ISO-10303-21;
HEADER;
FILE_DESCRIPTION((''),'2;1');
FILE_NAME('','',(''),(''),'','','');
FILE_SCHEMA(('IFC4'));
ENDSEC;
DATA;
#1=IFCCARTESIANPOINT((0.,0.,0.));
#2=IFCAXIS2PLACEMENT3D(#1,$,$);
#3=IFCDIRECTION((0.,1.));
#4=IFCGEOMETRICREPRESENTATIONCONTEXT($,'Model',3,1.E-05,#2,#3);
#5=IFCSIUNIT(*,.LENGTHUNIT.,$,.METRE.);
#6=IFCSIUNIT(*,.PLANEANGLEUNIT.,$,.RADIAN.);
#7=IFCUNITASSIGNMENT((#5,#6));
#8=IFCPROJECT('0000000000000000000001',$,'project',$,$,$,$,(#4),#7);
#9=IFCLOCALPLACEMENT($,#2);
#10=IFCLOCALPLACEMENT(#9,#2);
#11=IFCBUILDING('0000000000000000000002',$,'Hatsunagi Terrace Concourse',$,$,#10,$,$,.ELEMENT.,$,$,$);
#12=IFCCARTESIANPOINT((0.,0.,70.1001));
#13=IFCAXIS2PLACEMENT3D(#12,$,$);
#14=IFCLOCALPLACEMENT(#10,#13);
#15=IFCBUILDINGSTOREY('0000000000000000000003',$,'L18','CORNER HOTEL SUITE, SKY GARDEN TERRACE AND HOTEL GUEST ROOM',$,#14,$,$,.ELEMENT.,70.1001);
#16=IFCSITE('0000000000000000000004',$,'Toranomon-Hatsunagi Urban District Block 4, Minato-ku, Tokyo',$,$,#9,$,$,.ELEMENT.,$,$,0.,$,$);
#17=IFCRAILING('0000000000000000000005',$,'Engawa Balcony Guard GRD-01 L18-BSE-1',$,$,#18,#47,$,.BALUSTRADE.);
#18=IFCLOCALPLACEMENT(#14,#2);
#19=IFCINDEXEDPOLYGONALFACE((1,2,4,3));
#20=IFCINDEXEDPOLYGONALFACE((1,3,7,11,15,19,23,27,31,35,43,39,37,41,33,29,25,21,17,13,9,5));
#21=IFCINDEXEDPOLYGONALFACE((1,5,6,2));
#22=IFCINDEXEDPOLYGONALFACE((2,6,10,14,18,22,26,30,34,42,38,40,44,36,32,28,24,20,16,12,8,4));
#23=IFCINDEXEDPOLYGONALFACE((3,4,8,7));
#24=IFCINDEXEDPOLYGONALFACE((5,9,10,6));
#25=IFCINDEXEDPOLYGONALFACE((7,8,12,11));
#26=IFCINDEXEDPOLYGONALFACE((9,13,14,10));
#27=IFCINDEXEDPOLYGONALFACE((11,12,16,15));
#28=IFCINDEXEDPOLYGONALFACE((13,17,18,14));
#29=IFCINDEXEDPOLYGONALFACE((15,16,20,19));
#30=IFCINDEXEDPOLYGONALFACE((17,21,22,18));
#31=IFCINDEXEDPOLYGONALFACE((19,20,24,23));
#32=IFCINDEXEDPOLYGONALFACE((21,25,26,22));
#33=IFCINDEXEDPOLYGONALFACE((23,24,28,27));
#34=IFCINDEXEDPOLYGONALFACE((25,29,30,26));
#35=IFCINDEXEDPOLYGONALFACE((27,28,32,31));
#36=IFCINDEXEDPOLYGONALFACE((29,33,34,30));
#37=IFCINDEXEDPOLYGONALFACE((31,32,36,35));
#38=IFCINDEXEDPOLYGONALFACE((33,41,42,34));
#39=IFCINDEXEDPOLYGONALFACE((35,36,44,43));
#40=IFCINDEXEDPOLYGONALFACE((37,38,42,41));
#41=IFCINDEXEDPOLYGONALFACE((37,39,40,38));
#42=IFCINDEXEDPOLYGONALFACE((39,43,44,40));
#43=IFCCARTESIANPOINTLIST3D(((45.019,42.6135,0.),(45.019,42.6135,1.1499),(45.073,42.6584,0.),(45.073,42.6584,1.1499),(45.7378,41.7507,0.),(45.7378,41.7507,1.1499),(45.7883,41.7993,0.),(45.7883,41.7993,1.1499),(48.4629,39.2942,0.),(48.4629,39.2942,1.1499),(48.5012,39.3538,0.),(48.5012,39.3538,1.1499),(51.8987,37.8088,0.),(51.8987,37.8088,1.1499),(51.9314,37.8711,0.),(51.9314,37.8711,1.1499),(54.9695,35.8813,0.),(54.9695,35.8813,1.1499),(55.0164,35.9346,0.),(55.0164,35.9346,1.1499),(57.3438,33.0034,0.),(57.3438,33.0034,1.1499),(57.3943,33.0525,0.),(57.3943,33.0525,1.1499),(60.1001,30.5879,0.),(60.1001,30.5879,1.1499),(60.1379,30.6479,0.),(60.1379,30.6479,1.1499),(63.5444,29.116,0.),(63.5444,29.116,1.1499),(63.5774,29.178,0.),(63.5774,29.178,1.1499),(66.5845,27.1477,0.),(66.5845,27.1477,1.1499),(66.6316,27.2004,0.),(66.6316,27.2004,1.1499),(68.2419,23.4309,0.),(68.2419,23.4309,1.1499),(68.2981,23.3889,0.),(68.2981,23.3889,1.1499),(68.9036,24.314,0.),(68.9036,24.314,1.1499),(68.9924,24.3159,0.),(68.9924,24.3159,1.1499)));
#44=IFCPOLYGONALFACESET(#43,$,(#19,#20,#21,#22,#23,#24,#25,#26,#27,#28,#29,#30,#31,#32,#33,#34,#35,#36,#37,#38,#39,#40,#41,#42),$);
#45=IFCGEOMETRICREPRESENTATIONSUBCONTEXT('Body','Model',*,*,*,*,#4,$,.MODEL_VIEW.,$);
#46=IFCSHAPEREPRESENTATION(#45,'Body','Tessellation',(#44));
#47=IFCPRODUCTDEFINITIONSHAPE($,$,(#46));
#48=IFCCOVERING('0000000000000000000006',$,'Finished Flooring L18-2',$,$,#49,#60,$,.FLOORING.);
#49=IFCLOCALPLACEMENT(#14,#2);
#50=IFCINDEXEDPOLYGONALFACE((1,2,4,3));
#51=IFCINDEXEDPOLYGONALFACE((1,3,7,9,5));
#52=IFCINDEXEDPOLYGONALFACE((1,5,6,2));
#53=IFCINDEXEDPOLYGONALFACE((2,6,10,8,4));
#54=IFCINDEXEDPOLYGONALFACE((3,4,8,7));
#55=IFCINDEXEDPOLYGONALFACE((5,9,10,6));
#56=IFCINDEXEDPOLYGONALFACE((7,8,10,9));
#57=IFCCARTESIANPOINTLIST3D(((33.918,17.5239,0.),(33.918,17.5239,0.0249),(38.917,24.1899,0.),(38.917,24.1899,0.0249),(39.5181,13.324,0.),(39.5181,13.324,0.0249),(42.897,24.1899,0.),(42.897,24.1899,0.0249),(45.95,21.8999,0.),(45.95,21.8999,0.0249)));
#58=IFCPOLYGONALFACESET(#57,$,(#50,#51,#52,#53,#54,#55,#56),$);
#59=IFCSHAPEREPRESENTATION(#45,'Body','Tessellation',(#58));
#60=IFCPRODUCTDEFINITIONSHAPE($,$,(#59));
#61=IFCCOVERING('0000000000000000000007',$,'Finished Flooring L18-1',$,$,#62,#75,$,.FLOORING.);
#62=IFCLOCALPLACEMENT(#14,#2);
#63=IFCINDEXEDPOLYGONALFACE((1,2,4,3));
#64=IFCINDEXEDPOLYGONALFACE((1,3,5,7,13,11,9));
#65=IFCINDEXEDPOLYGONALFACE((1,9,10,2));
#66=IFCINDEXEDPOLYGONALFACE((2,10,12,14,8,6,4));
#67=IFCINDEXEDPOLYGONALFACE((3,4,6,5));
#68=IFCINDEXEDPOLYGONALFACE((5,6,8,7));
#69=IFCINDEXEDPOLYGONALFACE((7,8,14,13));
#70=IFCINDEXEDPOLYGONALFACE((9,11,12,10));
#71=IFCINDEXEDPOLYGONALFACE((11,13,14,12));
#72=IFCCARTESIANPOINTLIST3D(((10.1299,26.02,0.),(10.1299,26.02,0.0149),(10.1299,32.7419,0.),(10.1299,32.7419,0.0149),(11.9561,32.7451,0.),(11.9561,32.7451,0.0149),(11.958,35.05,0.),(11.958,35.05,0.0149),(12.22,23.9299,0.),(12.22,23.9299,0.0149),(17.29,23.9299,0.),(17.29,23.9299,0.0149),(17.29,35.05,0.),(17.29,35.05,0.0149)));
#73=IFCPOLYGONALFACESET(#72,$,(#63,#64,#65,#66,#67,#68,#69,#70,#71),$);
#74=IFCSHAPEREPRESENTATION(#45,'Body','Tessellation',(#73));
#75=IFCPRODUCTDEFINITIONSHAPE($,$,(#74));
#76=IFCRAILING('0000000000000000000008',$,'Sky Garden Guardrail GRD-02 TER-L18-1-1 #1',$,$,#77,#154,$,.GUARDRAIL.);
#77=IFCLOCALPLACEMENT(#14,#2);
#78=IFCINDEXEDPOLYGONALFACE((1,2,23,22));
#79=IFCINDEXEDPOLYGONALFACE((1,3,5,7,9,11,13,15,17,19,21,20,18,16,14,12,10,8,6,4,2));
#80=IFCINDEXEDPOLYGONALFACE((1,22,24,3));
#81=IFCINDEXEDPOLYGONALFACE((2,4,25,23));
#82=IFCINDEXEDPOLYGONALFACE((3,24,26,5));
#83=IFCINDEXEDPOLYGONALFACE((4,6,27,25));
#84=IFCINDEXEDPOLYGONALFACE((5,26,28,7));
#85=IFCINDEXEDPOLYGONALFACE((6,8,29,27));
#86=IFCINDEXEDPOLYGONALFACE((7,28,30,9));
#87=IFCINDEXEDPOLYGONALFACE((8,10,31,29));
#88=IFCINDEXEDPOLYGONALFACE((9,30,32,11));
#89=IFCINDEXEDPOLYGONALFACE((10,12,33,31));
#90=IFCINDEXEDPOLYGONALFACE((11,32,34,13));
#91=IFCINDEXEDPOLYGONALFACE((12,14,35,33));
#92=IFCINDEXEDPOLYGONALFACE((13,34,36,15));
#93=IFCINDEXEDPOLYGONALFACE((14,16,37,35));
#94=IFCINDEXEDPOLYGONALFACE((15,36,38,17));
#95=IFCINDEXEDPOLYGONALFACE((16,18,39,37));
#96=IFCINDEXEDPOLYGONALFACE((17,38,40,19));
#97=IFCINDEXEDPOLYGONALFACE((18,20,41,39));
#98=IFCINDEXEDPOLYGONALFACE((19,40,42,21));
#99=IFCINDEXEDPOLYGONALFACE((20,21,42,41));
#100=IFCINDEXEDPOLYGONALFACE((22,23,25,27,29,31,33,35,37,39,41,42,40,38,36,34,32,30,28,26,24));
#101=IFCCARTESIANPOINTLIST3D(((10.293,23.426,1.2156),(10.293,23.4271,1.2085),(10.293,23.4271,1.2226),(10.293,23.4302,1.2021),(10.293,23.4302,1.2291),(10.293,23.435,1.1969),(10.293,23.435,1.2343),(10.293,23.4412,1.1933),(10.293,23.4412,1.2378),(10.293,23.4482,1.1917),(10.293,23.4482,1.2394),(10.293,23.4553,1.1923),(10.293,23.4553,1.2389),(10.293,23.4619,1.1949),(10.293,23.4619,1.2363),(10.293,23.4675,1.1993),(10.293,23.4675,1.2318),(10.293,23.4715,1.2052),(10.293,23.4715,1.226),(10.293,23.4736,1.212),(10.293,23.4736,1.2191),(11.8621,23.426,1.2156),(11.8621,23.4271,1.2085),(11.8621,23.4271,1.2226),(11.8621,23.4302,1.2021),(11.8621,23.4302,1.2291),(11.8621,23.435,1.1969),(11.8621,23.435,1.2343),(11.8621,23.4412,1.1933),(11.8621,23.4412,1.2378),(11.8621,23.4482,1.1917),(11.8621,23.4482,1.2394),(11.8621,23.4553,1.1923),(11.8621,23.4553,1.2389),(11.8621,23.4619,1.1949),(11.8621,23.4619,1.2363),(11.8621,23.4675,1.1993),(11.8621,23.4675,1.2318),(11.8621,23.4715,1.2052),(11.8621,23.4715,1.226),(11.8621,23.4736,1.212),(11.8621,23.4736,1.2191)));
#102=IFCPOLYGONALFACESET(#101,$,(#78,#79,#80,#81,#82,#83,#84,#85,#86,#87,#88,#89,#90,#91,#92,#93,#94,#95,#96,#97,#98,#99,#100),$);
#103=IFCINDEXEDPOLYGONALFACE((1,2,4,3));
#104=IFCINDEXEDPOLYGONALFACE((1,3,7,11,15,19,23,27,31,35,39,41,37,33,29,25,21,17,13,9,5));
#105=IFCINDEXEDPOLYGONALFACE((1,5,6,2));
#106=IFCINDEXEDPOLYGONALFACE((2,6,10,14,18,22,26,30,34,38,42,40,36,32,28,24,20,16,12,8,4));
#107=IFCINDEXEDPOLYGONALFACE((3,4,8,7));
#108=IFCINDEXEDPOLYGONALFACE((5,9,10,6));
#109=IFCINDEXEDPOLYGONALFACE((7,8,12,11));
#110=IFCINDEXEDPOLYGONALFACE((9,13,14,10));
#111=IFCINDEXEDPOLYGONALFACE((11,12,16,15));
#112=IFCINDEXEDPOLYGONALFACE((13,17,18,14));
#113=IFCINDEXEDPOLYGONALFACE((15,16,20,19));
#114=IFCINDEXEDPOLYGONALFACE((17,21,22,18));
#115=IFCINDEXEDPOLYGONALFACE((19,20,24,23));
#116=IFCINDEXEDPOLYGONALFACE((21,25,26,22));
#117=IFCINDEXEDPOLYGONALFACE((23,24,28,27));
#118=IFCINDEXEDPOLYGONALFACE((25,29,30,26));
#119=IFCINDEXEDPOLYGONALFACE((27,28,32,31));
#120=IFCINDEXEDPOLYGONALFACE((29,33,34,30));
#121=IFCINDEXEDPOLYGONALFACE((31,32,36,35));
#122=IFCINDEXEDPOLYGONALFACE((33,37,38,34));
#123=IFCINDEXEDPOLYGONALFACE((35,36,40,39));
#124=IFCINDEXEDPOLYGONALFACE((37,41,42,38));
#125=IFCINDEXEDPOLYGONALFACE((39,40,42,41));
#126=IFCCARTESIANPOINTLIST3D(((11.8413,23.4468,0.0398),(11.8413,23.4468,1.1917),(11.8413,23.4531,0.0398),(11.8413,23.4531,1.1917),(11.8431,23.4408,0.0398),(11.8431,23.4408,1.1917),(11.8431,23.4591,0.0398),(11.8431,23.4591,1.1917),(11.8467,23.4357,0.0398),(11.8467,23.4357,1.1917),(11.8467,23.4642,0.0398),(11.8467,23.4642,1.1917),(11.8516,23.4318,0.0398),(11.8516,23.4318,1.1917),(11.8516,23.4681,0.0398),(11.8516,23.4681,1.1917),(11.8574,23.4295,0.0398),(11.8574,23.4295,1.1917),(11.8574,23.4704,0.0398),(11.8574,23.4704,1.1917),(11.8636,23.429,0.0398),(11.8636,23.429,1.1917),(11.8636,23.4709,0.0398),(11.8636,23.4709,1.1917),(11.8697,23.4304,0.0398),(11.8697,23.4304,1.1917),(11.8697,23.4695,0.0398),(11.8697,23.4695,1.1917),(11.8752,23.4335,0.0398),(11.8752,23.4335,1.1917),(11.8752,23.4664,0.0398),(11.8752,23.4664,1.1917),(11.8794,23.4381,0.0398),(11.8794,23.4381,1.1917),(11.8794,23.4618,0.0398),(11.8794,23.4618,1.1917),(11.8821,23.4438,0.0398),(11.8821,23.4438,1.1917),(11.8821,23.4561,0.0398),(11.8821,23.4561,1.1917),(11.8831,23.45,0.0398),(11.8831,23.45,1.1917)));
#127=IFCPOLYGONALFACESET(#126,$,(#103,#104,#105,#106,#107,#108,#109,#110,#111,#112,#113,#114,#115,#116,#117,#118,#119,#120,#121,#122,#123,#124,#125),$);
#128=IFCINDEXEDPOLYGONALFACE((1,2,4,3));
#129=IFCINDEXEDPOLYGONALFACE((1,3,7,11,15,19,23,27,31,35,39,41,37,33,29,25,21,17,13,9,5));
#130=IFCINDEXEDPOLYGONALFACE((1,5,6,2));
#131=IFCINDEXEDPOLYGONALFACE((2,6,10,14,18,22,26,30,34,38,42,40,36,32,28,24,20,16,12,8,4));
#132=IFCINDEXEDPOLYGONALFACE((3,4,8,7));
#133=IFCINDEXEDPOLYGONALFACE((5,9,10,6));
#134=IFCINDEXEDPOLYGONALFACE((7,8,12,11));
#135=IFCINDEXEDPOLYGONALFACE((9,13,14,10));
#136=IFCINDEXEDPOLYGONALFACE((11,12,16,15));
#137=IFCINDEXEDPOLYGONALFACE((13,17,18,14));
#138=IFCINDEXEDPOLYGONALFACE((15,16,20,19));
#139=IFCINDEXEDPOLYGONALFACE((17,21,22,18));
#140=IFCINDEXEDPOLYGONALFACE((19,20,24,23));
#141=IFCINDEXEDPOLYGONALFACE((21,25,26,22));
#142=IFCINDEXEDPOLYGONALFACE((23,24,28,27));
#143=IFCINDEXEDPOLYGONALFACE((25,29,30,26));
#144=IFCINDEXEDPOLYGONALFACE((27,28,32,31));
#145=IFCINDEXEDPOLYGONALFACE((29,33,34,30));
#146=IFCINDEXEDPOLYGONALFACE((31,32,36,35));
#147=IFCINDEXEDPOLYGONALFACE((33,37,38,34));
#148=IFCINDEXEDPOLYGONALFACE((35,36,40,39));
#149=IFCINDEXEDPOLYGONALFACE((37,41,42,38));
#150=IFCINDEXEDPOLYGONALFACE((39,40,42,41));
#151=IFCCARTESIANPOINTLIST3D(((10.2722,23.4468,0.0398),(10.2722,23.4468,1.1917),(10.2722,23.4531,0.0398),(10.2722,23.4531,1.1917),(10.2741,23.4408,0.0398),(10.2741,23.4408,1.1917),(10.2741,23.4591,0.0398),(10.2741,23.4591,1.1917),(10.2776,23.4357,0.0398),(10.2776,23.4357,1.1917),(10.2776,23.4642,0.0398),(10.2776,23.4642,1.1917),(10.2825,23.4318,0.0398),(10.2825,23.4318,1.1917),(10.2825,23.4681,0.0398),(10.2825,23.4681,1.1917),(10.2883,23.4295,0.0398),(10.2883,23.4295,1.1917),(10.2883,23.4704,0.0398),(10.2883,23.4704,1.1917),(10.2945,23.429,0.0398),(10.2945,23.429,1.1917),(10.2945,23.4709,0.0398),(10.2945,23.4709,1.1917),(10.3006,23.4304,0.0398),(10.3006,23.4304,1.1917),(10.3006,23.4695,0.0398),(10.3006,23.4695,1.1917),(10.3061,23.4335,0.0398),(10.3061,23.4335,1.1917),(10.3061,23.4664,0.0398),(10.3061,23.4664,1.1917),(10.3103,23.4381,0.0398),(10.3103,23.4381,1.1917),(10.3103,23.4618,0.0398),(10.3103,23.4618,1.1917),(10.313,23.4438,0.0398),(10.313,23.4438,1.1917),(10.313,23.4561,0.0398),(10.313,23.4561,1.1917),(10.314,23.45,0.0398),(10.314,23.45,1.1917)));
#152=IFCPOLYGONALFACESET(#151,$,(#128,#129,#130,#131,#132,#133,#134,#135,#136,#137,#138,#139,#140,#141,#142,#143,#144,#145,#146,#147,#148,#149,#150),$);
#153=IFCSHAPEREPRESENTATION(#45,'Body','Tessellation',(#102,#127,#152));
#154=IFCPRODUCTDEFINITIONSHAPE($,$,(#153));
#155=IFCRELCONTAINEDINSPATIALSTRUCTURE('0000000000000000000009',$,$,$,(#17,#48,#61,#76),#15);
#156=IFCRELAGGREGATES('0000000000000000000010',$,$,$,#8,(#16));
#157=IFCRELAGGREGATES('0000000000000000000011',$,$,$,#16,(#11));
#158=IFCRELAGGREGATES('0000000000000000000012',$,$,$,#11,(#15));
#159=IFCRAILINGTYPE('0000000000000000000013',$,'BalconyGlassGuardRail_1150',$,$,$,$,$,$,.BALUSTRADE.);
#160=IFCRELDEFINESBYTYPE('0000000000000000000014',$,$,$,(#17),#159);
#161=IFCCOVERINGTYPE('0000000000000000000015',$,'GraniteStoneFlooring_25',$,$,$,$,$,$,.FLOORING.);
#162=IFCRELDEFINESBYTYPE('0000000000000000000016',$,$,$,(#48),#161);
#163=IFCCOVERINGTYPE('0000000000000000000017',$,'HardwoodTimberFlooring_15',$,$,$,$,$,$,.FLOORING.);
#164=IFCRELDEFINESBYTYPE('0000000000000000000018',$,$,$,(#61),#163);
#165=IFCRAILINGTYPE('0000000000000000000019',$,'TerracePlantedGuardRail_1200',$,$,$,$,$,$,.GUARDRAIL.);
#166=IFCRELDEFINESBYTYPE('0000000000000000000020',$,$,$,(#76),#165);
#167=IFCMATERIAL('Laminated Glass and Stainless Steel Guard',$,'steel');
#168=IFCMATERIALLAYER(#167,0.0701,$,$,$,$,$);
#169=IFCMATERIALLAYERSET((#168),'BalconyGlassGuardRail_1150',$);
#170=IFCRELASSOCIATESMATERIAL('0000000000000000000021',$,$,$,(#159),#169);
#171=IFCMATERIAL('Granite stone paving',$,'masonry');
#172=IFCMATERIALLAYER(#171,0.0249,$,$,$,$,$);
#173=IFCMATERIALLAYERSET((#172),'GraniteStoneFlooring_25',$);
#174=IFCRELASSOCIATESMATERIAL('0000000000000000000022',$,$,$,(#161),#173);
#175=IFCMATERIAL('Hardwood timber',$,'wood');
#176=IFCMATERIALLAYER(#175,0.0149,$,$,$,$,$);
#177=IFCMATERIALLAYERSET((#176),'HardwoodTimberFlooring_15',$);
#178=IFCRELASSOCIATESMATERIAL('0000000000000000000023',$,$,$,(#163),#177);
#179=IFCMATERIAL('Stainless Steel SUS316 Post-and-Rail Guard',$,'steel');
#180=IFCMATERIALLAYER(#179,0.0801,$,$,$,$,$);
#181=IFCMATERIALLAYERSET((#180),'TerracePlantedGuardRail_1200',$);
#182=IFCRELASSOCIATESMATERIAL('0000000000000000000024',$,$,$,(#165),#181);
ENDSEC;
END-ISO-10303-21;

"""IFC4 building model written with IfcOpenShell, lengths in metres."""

from ifc_helpers import new_model, si_unit, direction, frame, origin, origin_2d, place, context, subcontext, project, spatial, polyline, circle, outline, extrude, material, layer, layer_set, type_object, element, save


model = new_model("IFC4")

# Units and contexts
model_context = context("Model", 3, precision=1e-05, world=origin(), true_north=direction((0.0, 1.0)))
body_context = subcontext(model_context, "Body", "Model", "MODEL_VIEW")
ifc_project = project(units=[si_unit("LENGTHUNIT", "METRE"), si_unit("PLANEANGLEUNIT", "RADIAN")], contexts=[model_context])

# Site, building, storey
site_placement = place(None, origin())
site = spatial("IfcSite", under=ifc_project, at=site_placement, Name="Toranomon-Hatsunagi Urban District Block 4, Minato-ku, Tokyo", CompositionType="ELEMENT", RefElevation=0.0)
building_placement = place(site_placement, origin())
building = spatial("IfcBuilding", under=site, at=building_placement, Name="Hatsunagi Terrace Concourse", CompositionType="ELEMENT")
storey_placement = place(building_placement, frame((0.0, 0.0, 70.1001)))
storey = spatial("IfcBuildingStorey", under=building, at=storey_placement, Name="L18", Description="CORNER HOTEL SUITE, SKY GARDEN TERRACE AND HOTEL GUEST ROOM", CompositionType="ELEMENT", Elevation=70.1001)

# Railing
ifc_material_1 = material(Name="Laminated Glass and Stainless Steel Guard", Category="steel")
ifc_layer_1 = layer(ifc_material_1, 0.0701)
ifc_layer_set_1 = layer_set([ifc_layer_1], Name="BalconyGlassGuardRail_1150")
railing_type_1 = type_object("IfcRailingType", Name="BalconyGlassGuardRail_1150", PredefinedType="BALUSTRADE", material=ifc_layer_set_1)
railing_1_placement = place(storey_placement, origin())
element("IfcRailing", 1, at=railing_1_placement, inside=storey, type_object=railing_type_1, Name="Engawa Balcony Guard GRD-01 L18-BSE-1", PredefinedType="BALUSTRADE", context=body_context, shape_type="SweptSolid", body=[
    extrude(outline(polyline([(45.073, 42.6584), (45.019, 42.6135), (45.7378, 41.7507), (48.4629, 39.2942), (51.8987, 37.8088), (54.9695, 35.8813), (57.3438, 33.0034), (60.1001, 30.5879), (63.5444, 29.116), (66.5845, 27.1477), (68.9036, 24.314), (68.2419, 23.4309), (68.2981, 23.3889), (68.9924, 24.3159), (66.6316, 27.2004), (63.5774, 29.178), (60.1379, 30.6479), (57.3943, 33.0525), (55.0164, 35.9346), (51.9314, 37.8711), (48.5012, 39.3538), (45.7883, 41.7993), (45.073, 42.6584)])), origin(), (0.0, 0.0, 1.0), 1.1499),
])

# Coverings
ifc_material_2 = material(Name="Granite stone paving", Category="masonry")
ifc_layer_2 = layer(ifc_material_2, 0.0249)
ifc_layer_set_2 = layer_set([ifc_layer_2], Name="GraniteStoneFlooring_25")
covering_type_1 = type_object("IfcCoveringType", Name="GraniteStoneFlooring_25", PredefinedType="FLOORING", material=ifc_layer_set_2)
covering_1_placement = place(storey_placement, origin())
element("IfcCovering", 2, at=covering_1_placement, inside=storey, type_object=covering_type_1, Name="Finished Flooring L18-2", PredefinedType="FLOORING", context=body_context, shape_type="SweptSolid", body=[
    extrude(outline(polyline([(39.5181, 13.324), (45.95, 21.8999), (42.897, 24.1899), (38.917, 24.1899), (33.918, 17.5239), (39.5181, 13.324)])), origin(), (0.0, 0.0, 1.0), 0.0249),
])
ifc_material_3 = material(Name="Hardwood timber", Category="wood")
ifc_layer_3 = layer(ifc_material_3, 0.0149)
ifc_layer_set_3 = layer_set([ifc_layer_3], Name="HardwoodTimberFlooring_15")
covering_type_2 = type_object("IfcCoveringType", Name="HardwoodTimberFlooring_15", PredefinedType="FLOORING", material=ifc_layer_set_3)
covering_2_placement = place(storey_placement, origin())
element("IfcCovering", 3, at=covering_2_placement, inside=storey, type_object=covering_type_2, Name="Finished Flooring L18-1", PredefinedType="FLOORING", context=body_context, shape_type="SweptSolid", body=[
    extrude(outline(polyline([(12.22, 23.9299), (17.29, 23.9299), (17.29, 35.05), (11.958, 35.05), (11.9561, 32.7451), (10.1299, 32.7419), (10.1299, 26.02), (12.22, 23.9299)])), origin(), (0.0, 0.0, 1.0), 0.0149),
])

# Railing
ifc_material_4 = material(Name="Stainless Steel SUS316 Post-and-Rail Guard", Category="steel")
ifc_layer_4 = layer(ifc_material_4, 0.0801)
ifc_layer_set_4 = layer_set([ifc_layer_4], Name="TerracePlantedGuardRail_1200")
railing_type_2 = type_object("IfcRailingType", Name="TerracePlantedGuardRail_1200", PredefinedType="GUARDRAIL", material=ifc_layer_set_4)
railing_2_placement = place(storey_placement, frame((11.8621, 23.45, 0.0398)))
element("IfcRailing", 4, at=railing_2_placement, inside=storey, type_object=railing_type_2, Name="Sky Garden Guardrail GRD-02 TER-L18-1-1 #1", PredefinedType="GUARDRAIL", context=body_context, shape_type="SweptSolid", body=[
    extrude(circle(Radius=0.0239, at=origin_2d()), frame((0.0, 0.0, 1.1758), z_axis=(-1.0, 0.0, 0.0), x_axis=(0.0, -1.0, 0.0)), (0.0, 0.0, 1.0), 1.5691),
    extrude(circle(Radius=0.021, at=origin_2d()), origin(), (0.0, 0.0, 1.0), 1.1519),
    extrude(circle(Radius=0.021, at=origin_2d()), frame((-1.5691, 0.0, 0.0)), (0.0, 0.0, 1.0), 1.1519),
])

save(model, "model.ifc")
